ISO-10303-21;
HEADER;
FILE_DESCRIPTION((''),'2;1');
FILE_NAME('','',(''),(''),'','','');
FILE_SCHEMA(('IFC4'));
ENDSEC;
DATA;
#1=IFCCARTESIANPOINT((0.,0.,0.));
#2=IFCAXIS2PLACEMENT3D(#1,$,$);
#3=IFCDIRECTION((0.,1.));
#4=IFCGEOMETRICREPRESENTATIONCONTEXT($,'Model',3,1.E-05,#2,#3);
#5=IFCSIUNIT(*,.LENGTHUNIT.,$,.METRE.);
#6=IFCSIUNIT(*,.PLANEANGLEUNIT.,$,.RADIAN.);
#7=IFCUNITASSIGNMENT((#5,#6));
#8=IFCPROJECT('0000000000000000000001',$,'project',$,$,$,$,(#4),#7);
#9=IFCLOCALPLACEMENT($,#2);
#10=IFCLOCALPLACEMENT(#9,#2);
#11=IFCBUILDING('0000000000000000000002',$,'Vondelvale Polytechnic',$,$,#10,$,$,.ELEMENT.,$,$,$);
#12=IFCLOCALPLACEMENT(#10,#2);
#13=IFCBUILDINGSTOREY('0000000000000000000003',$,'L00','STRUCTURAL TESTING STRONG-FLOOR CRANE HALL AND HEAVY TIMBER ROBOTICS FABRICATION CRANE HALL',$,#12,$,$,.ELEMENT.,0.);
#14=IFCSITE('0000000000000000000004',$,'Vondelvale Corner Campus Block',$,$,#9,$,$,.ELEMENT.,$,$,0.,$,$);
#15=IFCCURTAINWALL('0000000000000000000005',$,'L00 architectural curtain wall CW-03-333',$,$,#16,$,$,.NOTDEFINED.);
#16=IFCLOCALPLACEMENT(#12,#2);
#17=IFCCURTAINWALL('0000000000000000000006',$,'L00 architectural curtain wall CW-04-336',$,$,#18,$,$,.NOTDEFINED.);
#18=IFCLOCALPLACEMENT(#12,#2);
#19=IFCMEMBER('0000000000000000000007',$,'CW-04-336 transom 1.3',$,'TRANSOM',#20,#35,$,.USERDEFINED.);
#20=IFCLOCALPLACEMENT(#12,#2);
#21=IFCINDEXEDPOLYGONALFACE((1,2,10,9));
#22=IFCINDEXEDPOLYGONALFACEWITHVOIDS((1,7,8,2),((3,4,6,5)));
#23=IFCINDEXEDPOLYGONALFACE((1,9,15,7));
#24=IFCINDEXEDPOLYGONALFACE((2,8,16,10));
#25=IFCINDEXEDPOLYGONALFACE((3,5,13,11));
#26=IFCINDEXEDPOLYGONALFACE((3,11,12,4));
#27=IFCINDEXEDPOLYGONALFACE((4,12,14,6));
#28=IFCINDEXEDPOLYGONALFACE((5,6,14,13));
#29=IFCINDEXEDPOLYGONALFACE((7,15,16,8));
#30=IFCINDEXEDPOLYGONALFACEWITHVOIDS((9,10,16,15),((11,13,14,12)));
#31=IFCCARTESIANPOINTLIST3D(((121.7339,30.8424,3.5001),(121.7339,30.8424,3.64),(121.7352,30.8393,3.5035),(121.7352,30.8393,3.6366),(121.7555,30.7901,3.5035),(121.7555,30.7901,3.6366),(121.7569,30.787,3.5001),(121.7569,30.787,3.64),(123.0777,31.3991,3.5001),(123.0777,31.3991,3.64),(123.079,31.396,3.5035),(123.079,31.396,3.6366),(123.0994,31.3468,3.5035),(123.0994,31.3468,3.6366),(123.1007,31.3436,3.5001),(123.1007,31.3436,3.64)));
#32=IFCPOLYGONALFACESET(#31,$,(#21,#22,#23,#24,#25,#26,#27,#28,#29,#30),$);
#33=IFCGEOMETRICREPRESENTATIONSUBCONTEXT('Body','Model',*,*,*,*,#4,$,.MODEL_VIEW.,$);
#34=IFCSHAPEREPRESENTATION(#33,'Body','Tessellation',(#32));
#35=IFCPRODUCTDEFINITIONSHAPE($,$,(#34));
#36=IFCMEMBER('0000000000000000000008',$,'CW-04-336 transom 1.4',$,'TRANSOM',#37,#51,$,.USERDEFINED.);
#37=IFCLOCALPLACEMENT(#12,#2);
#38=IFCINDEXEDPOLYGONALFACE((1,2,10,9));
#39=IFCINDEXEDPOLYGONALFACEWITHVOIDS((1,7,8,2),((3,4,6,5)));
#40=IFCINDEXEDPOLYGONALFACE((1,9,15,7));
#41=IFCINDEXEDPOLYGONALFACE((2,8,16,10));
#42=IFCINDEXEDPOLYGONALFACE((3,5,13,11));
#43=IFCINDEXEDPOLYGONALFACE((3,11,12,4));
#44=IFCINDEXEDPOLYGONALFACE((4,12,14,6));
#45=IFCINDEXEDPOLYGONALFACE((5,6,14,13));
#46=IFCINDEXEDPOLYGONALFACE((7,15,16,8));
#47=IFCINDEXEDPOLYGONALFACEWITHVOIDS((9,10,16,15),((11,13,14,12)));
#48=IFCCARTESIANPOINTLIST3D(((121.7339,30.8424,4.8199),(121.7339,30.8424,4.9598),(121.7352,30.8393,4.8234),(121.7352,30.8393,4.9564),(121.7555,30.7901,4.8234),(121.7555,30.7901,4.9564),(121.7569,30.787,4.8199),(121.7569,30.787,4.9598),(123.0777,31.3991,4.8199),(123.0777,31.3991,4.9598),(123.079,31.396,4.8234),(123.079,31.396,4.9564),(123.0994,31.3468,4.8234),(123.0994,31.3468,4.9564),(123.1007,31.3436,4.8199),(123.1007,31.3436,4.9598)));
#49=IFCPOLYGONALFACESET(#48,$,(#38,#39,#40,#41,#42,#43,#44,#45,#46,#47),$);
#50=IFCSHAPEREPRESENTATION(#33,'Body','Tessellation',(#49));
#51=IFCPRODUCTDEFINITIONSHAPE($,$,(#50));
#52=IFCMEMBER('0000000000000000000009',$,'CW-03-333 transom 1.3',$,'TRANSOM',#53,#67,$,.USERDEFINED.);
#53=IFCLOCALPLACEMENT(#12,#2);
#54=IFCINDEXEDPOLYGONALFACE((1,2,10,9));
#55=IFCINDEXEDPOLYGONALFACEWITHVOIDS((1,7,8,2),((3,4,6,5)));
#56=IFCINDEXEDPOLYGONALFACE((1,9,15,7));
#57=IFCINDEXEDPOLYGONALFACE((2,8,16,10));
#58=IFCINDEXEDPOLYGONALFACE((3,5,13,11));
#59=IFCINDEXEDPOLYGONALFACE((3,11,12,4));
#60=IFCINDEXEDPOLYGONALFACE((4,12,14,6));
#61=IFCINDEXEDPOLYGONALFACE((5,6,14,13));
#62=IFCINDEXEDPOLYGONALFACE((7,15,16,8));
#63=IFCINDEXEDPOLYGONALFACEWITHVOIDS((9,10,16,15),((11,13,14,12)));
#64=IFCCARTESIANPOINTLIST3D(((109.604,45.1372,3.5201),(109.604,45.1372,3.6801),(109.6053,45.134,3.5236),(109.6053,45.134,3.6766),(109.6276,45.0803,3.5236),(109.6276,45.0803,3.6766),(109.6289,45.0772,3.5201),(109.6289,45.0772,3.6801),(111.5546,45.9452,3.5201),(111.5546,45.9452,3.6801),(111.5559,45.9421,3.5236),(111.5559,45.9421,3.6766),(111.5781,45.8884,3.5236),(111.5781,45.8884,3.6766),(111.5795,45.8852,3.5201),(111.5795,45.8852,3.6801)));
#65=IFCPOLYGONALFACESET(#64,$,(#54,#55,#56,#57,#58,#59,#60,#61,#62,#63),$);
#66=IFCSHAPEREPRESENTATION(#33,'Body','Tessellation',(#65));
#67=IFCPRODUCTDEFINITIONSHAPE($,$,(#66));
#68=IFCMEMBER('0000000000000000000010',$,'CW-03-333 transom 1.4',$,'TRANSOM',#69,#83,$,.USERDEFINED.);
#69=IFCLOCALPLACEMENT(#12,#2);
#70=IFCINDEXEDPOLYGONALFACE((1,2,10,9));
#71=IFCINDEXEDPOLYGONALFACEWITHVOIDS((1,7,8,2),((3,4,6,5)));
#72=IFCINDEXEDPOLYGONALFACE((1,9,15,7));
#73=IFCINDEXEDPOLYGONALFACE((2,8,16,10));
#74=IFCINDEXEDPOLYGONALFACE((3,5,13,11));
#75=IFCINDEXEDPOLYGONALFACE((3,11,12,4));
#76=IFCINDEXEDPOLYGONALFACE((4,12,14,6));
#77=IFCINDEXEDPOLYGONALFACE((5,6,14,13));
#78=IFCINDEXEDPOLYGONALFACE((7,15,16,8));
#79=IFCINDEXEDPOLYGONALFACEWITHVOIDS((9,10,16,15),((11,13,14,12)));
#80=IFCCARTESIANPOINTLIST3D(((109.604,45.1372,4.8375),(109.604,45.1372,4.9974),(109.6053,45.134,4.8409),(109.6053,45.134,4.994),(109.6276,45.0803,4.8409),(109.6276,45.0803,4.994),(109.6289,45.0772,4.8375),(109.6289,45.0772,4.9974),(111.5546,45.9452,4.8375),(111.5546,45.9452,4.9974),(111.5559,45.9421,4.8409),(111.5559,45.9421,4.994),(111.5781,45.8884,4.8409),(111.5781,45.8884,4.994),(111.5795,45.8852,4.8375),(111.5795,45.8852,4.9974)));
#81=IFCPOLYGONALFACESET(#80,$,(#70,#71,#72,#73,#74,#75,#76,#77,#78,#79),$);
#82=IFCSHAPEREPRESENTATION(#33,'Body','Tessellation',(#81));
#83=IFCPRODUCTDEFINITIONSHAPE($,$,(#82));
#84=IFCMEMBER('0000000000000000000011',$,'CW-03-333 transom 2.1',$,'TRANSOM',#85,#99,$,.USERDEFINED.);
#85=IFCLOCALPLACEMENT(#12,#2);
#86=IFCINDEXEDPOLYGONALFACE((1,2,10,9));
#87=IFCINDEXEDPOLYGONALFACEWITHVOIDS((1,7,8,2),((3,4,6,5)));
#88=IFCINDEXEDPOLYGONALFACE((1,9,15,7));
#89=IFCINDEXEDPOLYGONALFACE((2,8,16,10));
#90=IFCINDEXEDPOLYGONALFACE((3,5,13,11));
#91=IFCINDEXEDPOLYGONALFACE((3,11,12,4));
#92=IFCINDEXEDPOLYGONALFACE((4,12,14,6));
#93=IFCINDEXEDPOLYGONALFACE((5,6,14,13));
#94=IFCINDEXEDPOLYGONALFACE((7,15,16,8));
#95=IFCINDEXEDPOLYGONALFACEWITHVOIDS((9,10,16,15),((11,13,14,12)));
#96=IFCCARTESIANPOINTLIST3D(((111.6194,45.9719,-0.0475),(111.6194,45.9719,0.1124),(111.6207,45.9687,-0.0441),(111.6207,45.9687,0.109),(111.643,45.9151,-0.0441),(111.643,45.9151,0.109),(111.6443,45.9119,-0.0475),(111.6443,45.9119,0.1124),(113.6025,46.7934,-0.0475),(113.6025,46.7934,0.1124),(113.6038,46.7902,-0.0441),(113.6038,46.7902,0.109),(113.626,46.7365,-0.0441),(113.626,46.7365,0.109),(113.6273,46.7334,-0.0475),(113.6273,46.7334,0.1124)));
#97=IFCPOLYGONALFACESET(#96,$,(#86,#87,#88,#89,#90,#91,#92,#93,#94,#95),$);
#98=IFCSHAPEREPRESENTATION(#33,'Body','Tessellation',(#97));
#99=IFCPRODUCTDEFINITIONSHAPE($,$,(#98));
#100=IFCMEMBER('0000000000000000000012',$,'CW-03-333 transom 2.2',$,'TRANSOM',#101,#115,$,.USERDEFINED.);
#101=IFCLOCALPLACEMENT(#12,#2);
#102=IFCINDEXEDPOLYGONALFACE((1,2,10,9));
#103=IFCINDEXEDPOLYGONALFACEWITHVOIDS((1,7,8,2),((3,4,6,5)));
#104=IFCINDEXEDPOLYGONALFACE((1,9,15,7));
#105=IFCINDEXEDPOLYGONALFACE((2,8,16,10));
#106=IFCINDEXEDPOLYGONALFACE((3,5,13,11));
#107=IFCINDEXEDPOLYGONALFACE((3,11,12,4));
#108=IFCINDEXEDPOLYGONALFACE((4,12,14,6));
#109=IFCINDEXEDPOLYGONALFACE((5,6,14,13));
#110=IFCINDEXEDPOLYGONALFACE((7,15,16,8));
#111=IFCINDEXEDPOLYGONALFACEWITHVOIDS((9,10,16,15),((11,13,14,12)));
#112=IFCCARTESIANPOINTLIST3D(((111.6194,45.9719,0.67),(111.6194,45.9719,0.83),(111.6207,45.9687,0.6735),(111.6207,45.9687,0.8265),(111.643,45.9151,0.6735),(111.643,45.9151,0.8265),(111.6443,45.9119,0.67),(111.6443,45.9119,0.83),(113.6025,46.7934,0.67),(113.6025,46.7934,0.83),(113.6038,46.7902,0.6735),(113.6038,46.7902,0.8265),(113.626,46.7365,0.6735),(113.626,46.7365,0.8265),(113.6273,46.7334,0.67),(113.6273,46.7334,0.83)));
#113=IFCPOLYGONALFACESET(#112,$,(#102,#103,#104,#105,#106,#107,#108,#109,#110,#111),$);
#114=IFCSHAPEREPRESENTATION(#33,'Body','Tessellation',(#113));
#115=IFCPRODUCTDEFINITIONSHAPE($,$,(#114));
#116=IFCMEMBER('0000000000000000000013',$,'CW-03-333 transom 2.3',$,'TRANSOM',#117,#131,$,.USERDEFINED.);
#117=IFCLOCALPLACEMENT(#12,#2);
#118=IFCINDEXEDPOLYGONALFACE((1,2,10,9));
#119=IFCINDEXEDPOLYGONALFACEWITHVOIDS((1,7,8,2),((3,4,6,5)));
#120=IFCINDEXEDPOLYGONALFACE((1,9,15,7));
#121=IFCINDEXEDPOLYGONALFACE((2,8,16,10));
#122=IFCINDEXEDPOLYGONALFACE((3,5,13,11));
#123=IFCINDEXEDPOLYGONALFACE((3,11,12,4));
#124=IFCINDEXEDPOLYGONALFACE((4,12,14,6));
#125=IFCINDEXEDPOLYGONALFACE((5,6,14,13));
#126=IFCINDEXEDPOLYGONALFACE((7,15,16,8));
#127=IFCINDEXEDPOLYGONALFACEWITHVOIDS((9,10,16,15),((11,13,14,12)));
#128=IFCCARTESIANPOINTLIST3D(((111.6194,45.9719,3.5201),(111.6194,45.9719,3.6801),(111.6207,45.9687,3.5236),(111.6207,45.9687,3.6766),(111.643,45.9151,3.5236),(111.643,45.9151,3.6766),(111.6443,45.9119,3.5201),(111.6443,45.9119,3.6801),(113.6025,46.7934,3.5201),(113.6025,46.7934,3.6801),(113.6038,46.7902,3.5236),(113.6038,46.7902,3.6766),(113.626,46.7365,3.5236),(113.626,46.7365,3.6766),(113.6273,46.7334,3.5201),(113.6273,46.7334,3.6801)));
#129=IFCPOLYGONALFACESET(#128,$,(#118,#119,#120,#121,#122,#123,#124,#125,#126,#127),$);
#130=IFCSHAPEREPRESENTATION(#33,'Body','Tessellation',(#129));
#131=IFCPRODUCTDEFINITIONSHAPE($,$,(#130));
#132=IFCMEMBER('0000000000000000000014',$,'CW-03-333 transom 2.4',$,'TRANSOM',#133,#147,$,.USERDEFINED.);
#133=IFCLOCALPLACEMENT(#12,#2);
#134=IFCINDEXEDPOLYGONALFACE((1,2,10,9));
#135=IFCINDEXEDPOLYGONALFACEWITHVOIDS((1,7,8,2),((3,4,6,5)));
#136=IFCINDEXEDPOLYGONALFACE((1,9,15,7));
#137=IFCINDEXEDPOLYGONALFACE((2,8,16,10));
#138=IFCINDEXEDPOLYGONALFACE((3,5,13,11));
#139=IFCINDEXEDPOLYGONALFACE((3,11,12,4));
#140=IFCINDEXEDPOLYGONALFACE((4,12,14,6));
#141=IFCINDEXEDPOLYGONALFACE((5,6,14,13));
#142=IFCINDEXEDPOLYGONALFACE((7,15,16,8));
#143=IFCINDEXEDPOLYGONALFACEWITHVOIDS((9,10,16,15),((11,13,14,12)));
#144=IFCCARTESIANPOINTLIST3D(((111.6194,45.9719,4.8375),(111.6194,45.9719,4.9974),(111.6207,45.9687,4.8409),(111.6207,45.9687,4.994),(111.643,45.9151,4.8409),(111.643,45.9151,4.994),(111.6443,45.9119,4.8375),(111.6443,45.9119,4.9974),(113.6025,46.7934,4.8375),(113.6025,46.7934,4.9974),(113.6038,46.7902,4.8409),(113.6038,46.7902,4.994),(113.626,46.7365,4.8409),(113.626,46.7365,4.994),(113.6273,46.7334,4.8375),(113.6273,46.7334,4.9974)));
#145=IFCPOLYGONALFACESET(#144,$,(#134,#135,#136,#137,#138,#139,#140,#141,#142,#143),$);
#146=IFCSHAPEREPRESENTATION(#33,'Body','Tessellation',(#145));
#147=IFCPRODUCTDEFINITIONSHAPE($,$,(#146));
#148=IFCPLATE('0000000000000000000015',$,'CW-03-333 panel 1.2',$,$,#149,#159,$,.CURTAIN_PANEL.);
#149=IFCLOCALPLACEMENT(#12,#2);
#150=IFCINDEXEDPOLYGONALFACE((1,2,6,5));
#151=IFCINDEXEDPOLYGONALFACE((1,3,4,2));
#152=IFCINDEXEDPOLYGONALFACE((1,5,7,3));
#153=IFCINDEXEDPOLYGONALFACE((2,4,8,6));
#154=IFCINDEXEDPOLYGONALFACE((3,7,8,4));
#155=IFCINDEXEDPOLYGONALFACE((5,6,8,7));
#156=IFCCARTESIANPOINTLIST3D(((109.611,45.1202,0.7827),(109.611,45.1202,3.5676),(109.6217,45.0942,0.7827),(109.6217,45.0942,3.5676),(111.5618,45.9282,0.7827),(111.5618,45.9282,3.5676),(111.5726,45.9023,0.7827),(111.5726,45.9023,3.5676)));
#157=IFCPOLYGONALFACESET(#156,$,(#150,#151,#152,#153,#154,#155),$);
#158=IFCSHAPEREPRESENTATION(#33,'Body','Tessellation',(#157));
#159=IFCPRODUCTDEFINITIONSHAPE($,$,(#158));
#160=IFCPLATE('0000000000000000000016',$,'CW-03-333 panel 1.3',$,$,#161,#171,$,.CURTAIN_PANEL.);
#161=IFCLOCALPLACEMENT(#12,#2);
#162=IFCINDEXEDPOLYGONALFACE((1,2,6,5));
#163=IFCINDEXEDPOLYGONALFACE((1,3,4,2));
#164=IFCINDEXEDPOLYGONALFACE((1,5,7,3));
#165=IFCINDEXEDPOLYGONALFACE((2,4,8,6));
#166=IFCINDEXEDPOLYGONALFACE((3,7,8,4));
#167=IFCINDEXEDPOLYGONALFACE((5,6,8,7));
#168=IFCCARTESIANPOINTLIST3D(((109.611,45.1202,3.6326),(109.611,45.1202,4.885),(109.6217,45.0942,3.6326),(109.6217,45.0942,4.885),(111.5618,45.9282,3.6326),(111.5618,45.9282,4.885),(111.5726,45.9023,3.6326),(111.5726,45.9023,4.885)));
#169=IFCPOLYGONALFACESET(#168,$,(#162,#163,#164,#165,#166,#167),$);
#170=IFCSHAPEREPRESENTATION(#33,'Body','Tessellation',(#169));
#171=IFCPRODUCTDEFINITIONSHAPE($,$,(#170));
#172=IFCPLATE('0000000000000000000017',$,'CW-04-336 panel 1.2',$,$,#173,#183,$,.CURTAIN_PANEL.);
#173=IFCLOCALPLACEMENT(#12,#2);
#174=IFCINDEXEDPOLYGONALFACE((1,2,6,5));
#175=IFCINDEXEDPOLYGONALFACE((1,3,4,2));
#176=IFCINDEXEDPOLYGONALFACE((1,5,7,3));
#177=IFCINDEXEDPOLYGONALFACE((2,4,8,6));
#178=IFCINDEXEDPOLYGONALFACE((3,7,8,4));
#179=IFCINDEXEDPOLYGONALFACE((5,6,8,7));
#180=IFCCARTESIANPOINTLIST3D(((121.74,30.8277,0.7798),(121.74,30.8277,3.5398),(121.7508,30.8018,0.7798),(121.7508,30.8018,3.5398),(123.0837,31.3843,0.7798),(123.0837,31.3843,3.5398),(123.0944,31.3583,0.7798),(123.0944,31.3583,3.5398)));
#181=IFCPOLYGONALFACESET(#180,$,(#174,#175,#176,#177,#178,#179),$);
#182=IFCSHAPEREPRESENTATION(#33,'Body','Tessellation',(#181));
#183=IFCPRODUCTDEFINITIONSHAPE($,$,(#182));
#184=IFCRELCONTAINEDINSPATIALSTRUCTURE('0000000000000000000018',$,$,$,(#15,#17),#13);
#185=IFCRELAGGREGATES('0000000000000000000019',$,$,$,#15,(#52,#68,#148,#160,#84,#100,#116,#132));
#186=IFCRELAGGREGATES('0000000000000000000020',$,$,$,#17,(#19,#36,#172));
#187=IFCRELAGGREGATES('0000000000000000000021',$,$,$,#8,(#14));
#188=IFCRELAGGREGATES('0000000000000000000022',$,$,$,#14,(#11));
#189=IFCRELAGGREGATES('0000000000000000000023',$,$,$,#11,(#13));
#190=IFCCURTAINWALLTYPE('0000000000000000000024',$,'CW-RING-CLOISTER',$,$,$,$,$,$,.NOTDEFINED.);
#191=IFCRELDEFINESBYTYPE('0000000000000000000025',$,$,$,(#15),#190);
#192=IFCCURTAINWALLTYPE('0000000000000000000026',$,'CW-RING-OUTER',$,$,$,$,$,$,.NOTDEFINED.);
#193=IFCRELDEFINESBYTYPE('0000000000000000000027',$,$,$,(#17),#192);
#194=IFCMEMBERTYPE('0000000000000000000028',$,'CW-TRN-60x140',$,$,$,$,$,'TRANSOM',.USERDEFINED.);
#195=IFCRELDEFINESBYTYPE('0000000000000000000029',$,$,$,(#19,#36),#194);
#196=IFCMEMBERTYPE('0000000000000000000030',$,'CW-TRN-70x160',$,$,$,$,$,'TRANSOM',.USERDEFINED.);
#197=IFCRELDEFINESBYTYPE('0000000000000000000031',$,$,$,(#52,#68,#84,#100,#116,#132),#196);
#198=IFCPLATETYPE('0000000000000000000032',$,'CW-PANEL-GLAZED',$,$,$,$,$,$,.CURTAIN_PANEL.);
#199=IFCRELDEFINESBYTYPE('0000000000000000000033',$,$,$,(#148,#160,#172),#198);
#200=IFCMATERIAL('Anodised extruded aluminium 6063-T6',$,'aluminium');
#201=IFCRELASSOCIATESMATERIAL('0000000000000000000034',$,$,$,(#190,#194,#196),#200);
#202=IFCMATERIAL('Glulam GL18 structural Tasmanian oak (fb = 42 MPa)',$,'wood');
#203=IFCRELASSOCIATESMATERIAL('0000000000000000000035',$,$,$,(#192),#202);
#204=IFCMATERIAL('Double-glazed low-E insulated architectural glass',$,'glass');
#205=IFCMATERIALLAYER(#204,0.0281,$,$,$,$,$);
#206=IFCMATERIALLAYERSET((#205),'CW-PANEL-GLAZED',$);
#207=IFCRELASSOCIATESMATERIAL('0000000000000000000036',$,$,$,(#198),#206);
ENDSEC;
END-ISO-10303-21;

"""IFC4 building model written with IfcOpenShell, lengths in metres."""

from ifc_helpers import new_model, si_unit, direction, frame, origin, origin_2d, place, context, subcontext, project, spatial, rectangle, hollow_rectangle, extrude, material, layer, layer_set, material_profile, profile_set, type_object, element, aggregate, save


model = new_model("IFC4")

# Units and contexts
model_context = context("Model", 3, precision=1e-05, world=origin(), true_north=direction((0.0, 1.0)))
body_context = subcontext(model_context, "Body", "Model", "MODEL_VIEW")
ifc_project = project(units=[si_unit("LENGTHUNIT", "METRE"), si_unit("PLANEANGLEUNIT", "RADIAN")], contexts=[model_context])

# Site, building, storey
site_placement = place(None, origin())
site = spatial("IfcSite", under=ifc_project, at=site_placement, Name="Vondelvale Corner Campus Block", CompositionType="ELEMENT", RefElevation=0.0)
building_placement = place(site_placement, origin())
building = spatial("IfcBuilding", under=site, at=building_placement, Name="Vondelvale Polytechnic", CompositionType="ELEMENT")
storey_placement = place(building_placement, origin())
storey = spatial("IfcBuildingStorey", under=building, at=storey_placement, Name="L00", Description="STRUCTURAL TESTING STRONG-FLOOR CRANE HALL AND HEAVY TIMBER ROBOTICS FABRICATION CRANE HALL", CompositionType="ELEMENT", Elevation=0.0)

# Curtain wall
ifc_material_1 = material(Name="Anodised extruded aluminium 6063-T6", Category="aluminium")
curtain_wall_type_1 = type_object("IfcCurtainWallType", Name="CW-RING-CLOISTER", PredefinedType="NOTDEFINED", material=ifc_material_1)
curtain_wall_1_placement = place(storey_placement, origin())
curtain_wall_1 = element("IfcCurtainWall", 1, at=curtain_wall_1_placement, inside=storey, type_object=curtain_wall_type_1, Name="L00 architectural curtain wall CW-03-333", PredefinedType="NOTDEFINED")

# Curtain wall, members
ifc_material_2 = material(Name="Glulam GL18 structural Tasmanian oak (fb = 42 MPa)", Category="wood")
curtain_wall_type_2 = type_object("IfcCurtainWallType", Name="CW-RING-OUTER", PredefinedType="NOTDEFINED", material=ifc_material_2)
curtain_wall_2_placement = place(storey_placement, origin())
curtain_wall_2 = element("IfcCurtainWall", 2, at=curtain_wall_2_placement, inside=storey, type_object=curtain_wall_type_2, Name="L00 architectural curtain wall CW-04-336", PredefinedType="NOTDEFINED")
ifc_material_profile_1 = material_profile(ifc_material_1, hollow_rectangle(XDim=0.0601, YDim=0.1399, WallThickness=0.0034, at=origin_2d()), Name="CW-TRN-140x60")
ifc_profile_set_1 = profile_set([ifc_material_profile_1], Name="Anodised extruded aluminium 6063-T6")
member_type_1 = type_object("IfcMemberType", Name="CW-TRN-60x140", ElementType="TRANSOM", PredefinedType="USERDEFINED", material=ifc_profile_set_1)
member_1_placement = place(storey_placement, frame((121.7454, 30.8147, 3.5701), z_axis=(0.92387, 0.382708, 0.0), x_axis=(-0.382708, 0.92387, 0.0)))
member_1 = element("IfcMember", 3, at=member_1_placement, type_object=member_type_1, Name="CW-04-336 transom 1.3", ObjectType="TRANSOM", PredefinedType="USERDEFINED", context=body_context, shape_type="SweptSolid", body=[
    extrude(hollow_rectangle(XDim=0.0601, YDim=0.1399, WallThickness=0.0034, at=origin_2d()), origin(), (0.0, 0.0, 1.0), 1.4546),
])
member_2_placement = place(storey_placement, frame((121.7454, 30.8147, 4.8899), z_axis=(0.92387, 0.382708, 0.0), x_axis=(-0.382708, 0.92387, 0.0)))
member_2 = element("IfcMember", 4, at=member_2_placement, type_object=member_type_1, Name="CW-04-336 transom 1.4", ObjectType="TRANSOM", PredefinedType="USERDEFINED", context=body_context, shape_type="SweptSolid", body=[
    extrude(hollow_rectangle(XDim=0.0601, YDim=0.1399, WallThickness=0.0034, at=origin_2d()), origin(), (0.0, 0.0, 1.0), 1.4546),
])

# Members
ifc_material_profile_2 = material_profile(ifc_material_1, hollow_rectangle(XDim=0.0649, YDim=0.1599, WallThickness=0.0034, at=origin_2d()), Name="CW-TRN-160x65")
ifc_profile_set_2 = profile_set([ifc_material_profile_2], Name="Anodised extruded aluminium 6063-T6")
member_type_2 = type_object("IfcMemberType", Name="CW-TRN-70x160", ElementType="TRANSOM", PredefinedType="USERDEFINED", material=ifc_profile_set_2)
member_3_placement = place(storey_placement, frame((109.6165, 45.1072, 3.6001), z_axis=(0.923862, 0.382726, 0.0), x_axis=(-0.382726, 0.923862, 0.0)))
member_3 = element("IfcMember", 5, at=member_3_placement, type_object=member_type_2, Name="CW-03-333 transom 1.3", ObjectType="TRANSOM", PredefinedType="USERDEFINED", context=body_context, shape_type="SweptSolid", body=[
    extrude(hollow_rectangle(XDim=0.0649, YDim=0.1599, WallThickness=0.0034, at=origin_2d()), origin(), (0.0, 0.0, 1.0), 2.1113),
])
member_4_placement = place(storey_placement, frame((109.6165, 45.1072, 4.9175), z_axis=(0.923862, 0.382726, 0.0), x_axis=(-0.382726, 0.923862, 0.0)))
member_4 = element("IfcMember", 6, at=member_4_placement, type_object=member_type_2, Name="CW-03-333 transom 1.4", ObjectType="TRANSOM", PredefinedType="USERDEFINED", context=body_context, shape_type="SweptSolid", body=[
    extrude(hollow_rectangle(XDim=0.0649, YDim=0.1599, WallThickness=0.0034, at=origin_2d()), origin(), (0.0, 0.0, 1.0), 2.1113),
])
member_5_placement = place(storey_placement, frame((111.6318, 45.9419, 0.0325), z_axis=(0.923866, 0.382717, 0.0), x_axis=(-0.382717, 0.923866, 0.0)))
member_5 = element("IfcMember", 7, at=member_5_placement, type_object=member_type_2, Name="CW-03-333 transom 2.1", ObjectType="TRANSOM", PredefinedType="USERDEFINED", context=body_context, shape_type="SweptSolid", body=[
    extrude(hollow_rectangle(XDim=0.0649, YDim=0.1599, WallThickness=0.0034, at=origin_2d()), origin(), (0.0, 0.0, 1.0), 2.1465),
])
member_6_placement = place(storey_placement, frame((111.6318, 45.9419, 0.75), z_axis=(0.923866, 0.382717, 0.0), x_axis=(-0.382717, 0.923866, 0.0)))
member_6 = element("IfcMember", 8, at=member_6_placement, type_object=member_type_2, Name="CW-03-333 transom 2.2", ObjectType="TRANSOM", PredefinedType="USERDEFINED", context=body_context, shape_type="SweptSolid", body=[
    extrude(hollow_rectangle(XDim=0.0649, YDim=0.1599, WallThickness=0.0034, at=origin_2d()), origin(), (0.0, 0.0, 1.0), 2.1465),
])
member_7_placement = place(storey_placement, frame((111.6318, 45.9419, 3.6001), z_axis=(0.923866, 0.382717, 0.0), x_axis=(-0.382717, 0.923866, 0.0)))
member_7 = element("IfcMember", 9, at=member_7_placement, type_object=member_type_2, Name="CW-03-333 transom 2.3", ObjectType="TRANSOM", PredefinedType="USERDEFINED", context=body_context, shape_type="SweptSolid", body=[
    extrude(hollow_rectangle(XDim=0.0649, YDim=0.1599, WallThickness=0.0034, at=origin_2d()), origin(), (0.0, 0.0, 1.0), 2.1465),
])
member_8_placement = place(storey_placement, frame((111.6318, 45.9419, 4.9175), z_axis=(0.923866, 0.382717, 0.0), x_axis=(-0.382717, 0.923866, 0.0)))
member_8 = element("IfcMember", 10, at=member_8_placement, type_object=member_type_2, Name="CW-03-333 transom 2.4", ObjectType="TRANSOM", PredefinedType="USERDEFINED", context=body_context, shape_type="SweptSolid", body=[
    extrude(hollow_rectangle(XDim=0.0649, YDim=0.1599, WallThickness=0.0034, at=origin_2d()), origin(), (0.0, 0.0, 1.0), 2.1465),
])

# Plates
ifc_material_3 = material(Name="Double-glazed low-E insulated architectural glass", Category="glass")
ifc_layer_1 = layer(ifc_material_3, 0.0281)
ifc_layer_set_1 = layer_set([ifc_layer_1], Name="CW-PANEL-GLAZED")
plate_type_1 = type_object("IfcPlateType", Name="CW-PANEL-GLAZED", PredefinedType="CURTAIN_PANEL", material=ifc_layer_set_1)
plate_1_placement = place(storey_placement, frame((110.5918, 45.5112, 0.7827), z_axis=(0.0, 0.0, 1.0), x_axis=(0.923882, 0.382679, 0.0)))
plate_1 = element("IfcPlate", 11, at=plate_1_placement, type_object=plate_type_1, Name="CW-03-333 panel 1.2", PredefinedType="CURTAIN_PANEL", context=body_context, shape_type="SweptSolid", body=[
    extrude(rectangle(XDim=2.1116, YDim=0.0281, at=origin_2d()), origin(), (0.0, 0.0, 1.0), 2.7849),
])
plate_2_placement = place(storey_placement, frame((110.5918, 45.5112, 3.6326), z_axis=(0.0, 0.0, 1.0), x_axis=(0.923882, 0.382679, 0.0)))
plate_2 = element("IfcPlate", 12, at=plate_2_placement, type_object=plate_type_1, Name="CW-03-333 panel 1.3", PredefinedType="CURTAIN_PANEL", context=body_context, shape_type="SweptSolid", body=[
    extrude(rectangle(XDim=2.1116, YDim=0.0281, at=origin_2d()), origin(), (0.0, 0.0, 1.0), 1.2524),
])
plate_3_placement = place(storey_placement, frame((122.4172, 31.093, 0.7798), z_axis=(0.0, 0.0, 1.0), x_axis=(0.923881, 0.382679, 0.0)))
plate_3 = element("IfcPlate", 13, at=plate_3_placement, type_object=plate_type_1, Name="CW-04-336 panel 1.2", PredefinedType="CURTAIN_PANEL", context=body_context, shape_type="SweptSolid", body=[
    extrude(rectangle(XDim=1.4543, YDim=0.0281, at=origin_2d()), origin(), (0.0, 0.0, 1.0), 2.76),
])
aggregate(curtain_wall_1, [member_3, member_4, plate_1, plate_2, member_5, member_6, member_7, member_8])
aggregate(curtain_wall_2, [member_1, member_2, plate_3])

save(model, "model.ifc")
